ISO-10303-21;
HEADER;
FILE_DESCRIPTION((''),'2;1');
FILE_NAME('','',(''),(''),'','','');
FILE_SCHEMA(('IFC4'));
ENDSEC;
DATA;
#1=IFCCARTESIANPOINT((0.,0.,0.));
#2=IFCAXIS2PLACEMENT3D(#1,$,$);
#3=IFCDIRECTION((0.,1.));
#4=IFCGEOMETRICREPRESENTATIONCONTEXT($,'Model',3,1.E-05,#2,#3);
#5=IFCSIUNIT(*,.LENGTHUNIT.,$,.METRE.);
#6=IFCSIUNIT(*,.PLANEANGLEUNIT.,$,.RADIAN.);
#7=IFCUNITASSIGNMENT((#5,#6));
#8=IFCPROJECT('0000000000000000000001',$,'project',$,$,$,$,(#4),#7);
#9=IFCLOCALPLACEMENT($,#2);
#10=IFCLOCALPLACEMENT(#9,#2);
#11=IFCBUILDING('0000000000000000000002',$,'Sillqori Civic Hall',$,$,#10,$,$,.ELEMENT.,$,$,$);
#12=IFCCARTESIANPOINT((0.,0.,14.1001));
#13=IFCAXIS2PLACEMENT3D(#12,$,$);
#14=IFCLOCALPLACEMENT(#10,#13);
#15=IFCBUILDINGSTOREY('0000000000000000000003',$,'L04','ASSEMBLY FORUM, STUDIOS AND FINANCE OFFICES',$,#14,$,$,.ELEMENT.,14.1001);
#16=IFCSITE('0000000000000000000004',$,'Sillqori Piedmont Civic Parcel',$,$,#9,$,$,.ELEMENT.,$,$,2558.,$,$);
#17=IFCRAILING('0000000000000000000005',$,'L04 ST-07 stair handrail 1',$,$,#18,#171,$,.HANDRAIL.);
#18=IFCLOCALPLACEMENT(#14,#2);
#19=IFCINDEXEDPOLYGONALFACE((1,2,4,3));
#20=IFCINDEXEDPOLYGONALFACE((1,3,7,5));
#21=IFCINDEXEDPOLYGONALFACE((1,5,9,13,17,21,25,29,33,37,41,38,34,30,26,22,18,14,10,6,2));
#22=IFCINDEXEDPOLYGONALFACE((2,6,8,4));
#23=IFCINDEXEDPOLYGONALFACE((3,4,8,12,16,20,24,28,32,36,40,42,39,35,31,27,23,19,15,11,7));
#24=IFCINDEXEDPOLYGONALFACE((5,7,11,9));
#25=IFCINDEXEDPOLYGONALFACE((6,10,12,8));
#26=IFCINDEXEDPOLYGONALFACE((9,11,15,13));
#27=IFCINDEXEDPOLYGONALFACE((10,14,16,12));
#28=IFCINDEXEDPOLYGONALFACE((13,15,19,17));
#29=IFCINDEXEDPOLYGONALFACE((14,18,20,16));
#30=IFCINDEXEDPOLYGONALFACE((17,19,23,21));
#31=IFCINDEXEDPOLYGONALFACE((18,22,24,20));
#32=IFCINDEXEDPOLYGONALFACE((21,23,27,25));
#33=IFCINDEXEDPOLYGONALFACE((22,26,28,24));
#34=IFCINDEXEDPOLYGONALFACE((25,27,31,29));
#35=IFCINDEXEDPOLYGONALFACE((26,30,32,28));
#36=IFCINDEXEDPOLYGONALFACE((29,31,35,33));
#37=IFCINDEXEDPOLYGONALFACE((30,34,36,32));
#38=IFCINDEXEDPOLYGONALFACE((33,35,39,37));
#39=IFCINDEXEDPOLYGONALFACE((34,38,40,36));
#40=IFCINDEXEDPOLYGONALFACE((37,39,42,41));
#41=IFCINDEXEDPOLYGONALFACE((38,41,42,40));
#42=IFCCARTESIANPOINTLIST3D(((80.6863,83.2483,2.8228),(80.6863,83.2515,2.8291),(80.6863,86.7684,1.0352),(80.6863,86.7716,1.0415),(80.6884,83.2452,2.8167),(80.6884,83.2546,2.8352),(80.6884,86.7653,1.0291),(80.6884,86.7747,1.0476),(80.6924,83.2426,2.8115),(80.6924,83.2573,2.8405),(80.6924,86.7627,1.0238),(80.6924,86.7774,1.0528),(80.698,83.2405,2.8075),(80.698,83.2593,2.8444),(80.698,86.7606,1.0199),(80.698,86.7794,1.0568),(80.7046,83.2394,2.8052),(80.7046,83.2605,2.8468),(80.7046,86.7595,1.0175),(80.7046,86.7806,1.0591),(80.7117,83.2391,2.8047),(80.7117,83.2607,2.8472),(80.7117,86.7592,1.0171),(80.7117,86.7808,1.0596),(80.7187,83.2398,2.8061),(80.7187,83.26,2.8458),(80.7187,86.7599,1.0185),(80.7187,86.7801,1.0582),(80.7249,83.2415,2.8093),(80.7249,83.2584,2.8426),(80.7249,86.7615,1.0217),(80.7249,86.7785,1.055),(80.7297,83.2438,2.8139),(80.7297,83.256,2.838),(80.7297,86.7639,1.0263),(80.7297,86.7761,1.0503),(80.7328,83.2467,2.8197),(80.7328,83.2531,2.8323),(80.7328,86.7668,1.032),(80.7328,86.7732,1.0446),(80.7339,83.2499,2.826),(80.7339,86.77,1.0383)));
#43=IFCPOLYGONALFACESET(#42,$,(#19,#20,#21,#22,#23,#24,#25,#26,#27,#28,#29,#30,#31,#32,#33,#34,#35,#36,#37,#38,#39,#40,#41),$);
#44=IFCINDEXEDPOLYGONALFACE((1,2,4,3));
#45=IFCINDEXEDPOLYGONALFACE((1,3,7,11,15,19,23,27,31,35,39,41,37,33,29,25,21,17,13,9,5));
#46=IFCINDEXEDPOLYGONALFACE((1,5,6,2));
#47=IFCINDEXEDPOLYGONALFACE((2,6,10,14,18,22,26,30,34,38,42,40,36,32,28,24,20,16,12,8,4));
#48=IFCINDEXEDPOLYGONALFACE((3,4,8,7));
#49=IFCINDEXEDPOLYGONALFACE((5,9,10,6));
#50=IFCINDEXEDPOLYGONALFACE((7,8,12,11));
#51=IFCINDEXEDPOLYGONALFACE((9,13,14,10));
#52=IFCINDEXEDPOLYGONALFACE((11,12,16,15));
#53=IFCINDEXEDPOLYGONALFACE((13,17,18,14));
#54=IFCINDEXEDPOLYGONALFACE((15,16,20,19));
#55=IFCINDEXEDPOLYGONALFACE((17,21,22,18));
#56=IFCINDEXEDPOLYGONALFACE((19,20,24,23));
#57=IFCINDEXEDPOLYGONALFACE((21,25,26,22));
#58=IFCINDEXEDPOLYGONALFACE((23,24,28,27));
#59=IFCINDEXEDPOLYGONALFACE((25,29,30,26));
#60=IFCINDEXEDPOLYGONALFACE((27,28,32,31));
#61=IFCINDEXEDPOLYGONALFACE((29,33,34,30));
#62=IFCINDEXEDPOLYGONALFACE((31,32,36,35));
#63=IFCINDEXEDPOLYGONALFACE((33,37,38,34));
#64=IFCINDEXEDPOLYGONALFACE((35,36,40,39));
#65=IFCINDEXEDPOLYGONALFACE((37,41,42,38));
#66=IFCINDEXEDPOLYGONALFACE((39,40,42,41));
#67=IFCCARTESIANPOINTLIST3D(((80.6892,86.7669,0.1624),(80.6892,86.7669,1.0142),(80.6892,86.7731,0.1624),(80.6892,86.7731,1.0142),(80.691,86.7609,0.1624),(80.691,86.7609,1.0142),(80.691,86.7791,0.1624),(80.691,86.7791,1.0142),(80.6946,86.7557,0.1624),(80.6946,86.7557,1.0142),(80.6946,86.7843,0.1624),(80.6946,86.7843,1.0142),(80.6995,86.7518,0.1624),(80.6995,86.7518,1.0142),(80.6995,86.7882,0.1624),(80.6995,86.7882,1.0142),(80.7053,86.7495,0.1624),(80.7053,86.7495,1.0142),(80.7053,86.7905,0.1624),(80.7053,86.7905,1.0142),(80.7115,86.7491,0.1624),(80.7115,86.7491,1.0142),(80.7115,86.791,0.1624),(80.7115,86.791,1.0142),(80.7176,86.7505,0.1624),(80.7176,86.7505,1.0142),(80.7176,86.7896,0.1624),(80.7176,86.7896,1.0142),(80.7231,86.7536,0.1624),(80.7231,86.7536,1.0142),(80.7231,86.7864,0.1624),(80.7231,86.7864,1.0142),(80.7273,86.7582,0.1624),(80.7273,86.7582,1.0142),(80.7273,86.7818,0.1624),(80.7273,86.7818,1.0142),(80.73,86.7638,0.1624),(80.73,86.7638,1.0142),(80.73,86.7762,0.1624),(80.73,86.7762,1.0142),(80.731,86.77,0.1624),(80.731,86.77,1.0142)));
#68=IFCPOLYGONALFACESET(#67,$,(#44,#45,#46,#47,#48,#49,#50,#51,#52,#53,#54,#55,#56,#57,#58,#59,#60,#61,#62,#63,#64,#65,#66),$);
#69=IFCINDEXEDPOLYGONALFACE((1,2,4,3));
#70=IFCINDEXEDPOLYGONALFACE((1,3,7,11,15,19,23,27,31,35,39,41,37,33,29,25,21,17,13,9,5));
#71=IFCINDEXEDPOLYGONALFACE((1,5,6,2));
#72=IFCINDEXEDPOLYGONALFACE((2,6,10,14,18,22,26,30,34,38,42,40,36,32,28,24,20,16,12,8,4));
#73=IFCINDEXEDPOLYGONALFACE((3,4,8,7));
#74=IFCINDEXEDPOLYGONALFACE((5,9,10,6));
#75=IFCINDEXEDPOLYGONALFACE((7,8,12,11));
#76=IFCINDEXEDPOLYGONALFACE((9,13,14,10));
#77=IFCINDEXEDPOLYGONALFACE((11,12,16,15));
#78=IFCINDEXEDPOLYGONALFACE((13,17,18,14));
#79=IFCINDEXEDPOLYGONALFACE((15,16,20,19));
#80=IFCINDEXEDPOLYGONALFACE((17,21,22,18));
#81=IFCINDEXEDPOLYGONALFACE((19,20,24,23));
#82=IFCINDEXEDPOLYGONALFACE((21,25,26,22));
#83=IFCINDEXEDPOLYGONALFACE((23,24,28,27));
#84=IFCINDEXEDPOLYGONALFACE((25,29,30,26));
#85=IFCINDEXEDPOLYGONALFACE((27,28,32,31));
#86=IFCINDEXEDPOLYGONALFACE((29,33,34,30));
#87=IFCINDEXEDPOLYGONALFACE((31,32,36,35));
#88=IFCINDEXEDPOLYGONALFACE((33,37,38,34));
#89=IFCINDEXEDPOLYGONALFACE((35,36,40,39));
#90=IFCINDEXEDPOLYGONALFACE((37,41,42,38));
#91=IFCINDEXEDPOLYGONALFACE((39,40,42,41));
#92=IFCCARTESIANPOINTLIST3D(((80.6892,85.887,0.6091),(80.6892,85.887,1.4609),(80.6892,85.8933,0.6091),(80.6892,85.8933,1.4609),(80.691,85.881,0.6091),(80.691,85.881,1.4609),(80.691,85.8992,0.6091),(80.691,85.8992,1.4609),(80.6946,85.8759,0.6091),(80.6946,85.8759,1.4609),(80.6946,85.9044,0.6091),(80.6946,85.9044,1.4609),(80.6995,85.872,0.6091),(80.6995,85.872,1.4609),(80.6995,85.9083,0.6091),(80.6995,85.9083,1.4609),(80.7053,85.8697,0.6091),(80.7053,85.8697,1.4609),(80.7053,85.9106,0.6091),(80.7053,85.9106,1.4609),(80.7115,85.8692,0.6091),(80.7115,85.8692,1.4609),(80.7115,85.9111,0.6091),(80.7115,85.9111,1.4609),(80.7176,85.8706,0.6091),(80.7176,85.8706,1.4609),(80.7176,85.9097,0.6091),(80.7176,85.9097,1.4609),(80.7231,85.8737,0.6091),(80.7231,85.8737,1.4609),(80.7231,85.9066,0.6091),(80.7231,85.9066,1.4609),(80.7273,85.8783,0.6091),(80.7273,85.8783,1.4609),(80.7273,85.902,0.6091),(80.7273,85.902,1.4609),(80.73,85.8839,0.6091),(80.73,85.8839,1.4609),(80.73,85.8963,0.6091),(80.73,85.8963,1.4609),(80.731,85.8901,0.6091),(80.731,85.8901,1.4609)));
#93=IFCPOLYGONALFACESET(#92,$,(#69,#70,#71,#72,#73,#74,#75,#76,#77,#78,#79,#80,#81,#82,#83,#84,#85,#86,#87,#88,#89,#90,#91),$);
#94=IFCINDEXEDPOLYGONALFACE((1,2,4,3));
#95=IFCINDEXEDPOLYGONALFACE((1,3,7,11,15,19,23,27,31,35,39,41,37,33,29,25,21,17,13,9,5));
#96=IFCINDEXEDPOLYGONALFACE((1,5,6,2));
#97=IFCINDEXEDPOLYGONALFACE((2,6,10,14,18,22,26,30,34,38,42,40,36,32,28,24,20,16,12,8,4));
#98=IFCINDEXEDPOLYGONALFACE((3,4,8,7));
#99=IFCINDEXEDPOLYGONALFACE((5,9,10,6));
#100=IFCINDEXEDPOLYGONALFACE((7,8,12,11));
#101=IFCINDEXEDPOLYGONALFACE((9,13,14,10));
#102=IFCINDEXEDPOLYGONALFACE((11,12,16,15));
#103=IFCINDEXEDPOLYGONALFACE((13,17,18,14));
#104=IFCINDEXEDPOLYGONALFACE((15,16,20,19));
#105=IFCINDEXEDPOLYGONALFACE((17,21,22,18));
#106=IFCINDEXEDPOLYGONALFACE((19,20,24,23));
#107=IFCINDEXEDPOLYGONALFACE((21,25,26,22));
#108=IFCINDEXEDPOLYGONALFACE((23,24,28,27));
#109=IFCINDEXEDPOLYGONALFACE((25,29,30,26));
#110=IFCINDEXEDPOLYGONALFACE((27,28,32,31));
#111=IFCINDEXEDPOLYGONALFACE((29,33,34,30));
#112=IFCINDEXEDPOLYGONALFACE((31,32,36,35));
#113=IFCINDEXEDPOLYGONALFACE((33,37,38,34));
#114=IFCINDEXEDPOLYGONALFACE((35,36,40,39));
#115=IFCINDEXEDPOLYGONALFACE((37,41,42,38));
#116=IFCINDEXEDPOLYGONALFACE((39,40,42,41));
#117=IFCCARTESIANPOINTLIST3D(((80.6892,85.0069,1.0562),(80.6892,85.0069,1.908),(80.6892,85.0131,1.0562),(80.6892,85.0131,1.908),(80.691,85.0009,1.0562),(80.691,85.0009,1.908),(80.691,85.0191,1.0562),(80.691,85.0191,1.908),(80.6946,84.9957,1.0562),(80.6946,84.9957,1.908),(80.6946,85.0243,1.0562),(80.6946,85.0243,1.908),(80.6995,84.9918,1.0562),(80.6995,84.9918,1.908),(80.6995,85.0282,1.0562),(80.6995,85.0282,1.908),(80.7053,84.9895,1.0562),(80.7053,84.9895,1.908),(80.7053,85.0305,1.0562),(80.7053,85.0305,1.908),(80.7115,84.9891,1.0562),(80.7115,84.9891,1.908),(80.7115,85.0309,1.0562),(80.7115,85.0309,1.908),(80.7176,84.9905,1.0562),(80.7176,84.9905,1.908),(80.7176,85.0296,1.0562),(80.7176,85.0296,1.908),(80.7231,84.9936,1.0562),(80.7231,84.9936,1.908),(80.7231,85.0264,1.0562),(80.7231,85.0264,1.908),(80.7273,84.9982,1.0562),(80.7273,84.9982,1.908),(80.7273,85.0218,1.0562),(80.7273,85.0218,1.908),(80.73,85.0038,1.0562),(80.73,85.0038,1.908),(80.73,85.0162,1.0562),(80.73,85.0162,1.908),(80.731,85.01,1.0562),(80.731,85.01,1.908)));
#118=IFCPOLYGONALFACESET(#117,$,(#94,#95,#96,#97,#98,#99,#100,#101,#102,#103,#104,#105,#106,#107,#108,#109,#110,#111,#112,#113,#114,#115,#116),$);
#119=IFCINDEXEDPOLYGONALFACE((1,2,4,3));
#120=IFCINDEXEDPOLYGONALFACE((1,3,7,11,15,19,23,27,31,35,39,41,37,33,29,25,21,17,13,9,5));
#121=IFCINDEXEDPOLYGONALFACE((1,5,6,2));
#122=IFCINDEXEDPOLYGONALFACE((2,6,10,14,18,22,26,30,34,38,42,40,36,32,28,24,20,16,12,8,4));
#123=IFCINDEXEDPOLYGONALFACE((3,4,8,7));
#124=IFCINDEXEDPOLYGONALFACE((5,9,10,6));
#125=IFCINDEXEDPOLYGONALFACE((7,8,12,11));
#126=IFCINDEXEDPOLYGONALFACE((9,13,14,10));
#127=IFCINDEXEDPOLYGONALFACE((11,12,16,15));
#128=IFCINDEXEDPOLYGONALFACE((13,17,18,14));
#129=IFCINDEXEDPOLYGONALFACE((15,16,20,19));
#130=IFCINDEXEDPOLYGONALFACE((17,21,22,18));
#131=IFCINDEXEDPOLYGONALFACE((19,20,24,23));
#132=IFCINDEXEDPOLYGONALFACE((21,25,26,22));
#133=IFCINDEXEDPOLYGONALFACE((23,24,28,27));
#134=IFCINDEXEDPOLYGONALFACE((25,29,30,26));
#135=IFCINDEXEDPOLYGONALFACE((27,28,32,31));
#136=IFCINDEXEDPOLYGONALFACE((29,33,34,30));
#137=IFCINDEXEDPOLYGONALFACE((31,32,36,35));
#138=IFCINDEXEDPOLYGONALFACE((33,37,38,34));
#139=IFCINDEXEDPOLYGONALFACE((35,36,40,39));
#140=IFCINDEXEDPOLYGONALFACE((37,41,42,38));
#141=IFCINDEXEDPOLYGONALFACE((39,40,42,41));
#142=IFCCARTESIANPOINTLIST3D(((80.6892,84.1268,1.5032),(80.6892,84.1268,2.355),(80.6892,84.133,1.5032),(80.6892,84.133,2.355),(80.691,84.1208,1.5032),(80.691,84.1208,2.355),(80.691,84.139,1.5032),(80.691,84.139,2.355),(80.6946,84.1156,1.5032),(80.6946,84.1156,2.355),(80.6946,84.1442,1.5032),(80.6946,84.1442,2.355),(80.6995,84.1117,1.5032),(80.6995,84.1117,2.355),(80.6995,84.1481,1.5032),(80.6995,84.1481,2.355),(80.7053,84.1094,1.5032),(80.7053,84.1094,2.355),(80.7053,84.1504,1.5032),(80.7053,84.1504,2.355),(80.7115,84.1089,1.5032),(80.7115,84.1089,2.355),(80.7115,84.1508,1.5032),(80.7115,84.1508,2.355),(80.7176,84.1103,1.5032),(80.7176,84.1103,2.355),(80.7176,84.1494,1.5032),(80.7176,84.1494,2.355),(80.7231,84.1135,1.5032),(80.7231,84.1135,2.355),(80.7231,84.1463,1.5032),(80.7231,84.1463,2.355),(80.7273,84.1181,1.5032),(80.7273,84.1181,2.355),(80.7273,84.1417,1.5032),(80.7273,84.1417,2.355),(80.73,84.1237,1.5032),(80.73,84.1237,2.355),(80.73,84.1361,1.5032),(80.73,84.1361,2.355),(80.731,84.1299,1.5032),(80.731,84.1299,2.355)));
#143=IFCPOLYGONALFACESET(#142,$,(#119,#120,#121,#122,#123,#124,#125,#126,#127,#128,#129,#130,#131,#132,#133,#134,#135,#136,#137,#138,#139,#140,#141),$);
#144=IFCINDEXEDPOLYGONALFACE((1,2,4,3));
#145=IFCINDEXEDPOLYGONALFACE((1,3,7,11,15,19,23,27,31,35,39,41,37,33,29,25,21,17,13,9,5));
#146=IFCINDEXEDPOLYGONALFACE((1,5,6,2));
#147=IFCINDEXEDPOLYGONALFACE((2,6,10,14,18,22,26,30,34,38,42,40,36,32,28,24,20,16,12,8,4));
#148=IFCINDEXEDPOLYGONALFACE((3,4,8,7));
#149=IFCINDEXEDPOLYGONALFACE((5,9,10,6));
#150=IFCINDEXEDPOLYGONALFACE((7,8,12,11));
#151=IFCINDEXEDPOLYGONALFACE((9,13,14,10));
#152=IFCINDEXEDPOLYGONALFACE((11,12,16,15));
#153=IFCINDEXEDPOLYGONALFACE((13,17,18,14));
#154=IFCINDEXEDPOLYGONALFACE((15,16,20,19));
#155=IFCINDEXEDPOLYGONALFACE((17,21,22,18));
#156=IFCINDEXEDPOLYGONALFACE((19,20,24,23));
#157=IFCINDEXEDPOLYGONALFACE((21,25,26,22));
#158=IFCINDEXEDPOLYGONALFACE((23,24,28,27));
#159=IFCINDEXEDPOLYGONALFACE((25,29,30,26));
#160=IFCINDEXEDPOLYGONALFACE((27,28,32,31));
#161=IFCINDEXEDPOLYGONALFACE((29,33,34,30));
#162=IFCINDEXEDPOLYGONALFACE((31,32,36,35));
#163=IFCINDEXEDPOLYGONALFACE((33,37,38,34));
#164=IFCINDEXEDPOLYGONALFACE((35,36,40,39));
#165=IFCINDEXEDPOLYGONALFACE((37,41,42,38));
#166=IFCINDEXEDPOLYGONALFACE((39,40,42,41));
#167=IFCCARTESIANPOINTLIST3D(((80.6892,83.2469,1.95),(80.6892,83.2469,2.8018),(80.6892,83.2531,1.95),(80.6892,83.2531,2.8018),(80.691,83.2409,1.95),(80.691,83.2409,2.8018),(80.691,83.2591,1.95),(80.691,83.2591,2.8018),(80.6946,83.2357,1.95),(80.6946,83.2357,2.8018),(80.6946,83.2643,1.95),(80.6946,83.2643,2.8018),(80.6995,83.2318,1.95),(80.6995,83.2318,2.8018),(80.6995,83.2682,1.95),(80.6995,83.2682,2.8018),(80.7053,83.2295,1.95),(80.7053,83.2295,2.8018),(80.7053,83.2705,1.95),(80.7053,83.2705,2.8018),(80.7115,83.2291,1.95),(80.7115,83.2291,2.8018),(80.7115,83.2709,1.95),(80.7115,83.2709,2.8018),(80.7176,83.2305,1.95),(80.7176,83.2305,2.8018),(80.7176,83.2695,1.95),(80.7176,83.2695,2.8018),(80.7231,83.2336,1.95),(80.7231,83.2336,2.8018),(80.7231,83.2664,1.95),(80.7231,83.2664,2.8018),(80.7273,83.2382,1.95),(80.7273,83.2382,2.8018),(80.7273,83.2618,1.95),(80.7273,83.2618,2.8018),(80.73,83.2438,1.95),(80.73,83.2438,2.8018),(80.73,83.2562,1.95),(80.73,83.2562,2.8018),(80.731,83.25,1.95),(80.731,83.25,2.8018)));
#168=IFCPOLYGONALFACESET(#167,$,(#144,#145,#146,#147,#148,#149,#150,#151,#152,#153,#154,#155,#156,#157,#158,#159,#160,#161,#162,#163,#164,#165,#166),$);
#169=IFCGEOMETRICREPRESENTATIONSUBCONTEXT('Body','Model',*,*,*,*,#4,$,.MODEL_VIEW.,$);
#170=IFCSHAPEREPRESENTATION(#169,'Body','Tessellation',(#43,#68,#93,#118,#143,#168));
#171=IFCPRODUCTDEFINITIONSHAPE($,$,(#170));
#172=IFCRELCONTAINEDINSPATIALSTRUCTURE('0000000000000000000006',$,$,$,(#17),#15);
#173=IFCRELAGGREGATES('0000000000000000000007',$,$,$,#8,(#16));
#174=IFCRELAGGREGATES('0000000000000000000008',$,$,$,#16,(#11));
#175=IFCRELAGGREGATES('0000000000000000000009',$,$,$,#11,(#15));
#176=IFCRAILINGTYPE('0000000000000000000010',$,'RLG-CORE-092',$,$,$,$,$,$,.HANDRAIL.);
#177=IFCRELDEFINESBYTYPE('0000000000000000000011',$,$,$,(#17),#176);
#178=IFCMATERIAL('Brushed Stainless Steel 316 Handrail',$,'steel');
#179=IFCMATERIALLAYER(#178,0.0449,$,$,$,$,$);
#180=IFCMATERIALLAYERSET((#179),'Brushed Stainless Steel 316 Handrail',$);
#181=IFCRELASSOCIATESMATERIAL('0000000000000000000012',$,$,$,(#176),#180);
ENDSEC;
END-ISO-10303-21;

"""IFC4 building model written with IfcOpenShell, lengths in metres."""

from ifc_helpers import new_model, si_unit, direction, frame, origin, origin_2d, place, context, subcontext, project, spatial, circle, extrude, material, layer, layer_set, type_object, element, save


model = new_model("IFC4")

# Units and contexts
model_context = context("Model", 3, precision=1e-05, world=origin(), true_north=direction((0.0, 1.0)))
body_context = subcontext(model_context, "Body", "Model", "MODEL_VIEW")
ifc_project = project(units=[si_unit("LENGTHUNIT", "METRE"), si_unit("PLANEANGLEUNIT", "RADIAN")], contexts=[model_context])

# Site, building, storey
site_placement = place(None, origin())
site = spatial("IfcSite", under=ifc_project, at=site_placement, Name="Sillqori Piedmont Civic Parcel", CompositionType="ELEMENT", RefElevation=2558.0)
building_placement = place(site_placement, origin())
building = spatial("IfcBuilding", under=site, at=building_placement, Name="Sillqori Civic Hall", CompositionType="ELEMENT")
storey_placement = place(building_placement, frame((0.0, 0.0, 14.1001)))
storey = spatial("IfcBuildingStorey", under=building, at=storey_placement, Name="L04", Description="ASSEMBLY FORUM, STUDIOS AND FINANCE OFFICES", CompositionType="ELEMENT", Elevation=14.1001)

# Railing
ifc_material_1 = material(Name="Brushed Stainless Steel 316 Handrail", Category="steel")
ifc_layer_1 = layer(ifc_material_1, 0.0449)
ifc_layer_set_1 = layer_set([ifc_layer_1], Name="Brushed Stainless Steel 316 Handrail")
railing_type_1 = type_object("IfcRailingType", Name="RLG-CORE-092", PredefinedType="HANDRAIL", material=ifc_layer_set_1)
railing_1_placement = place(storey_placement, frame((80.71, 86.77, 0.1624)))
element("IfcRailing", 1, at=railing_1_placement, inside=storey, type_object=railing_type_1, Name="L04 ST-07 stair handrail 1", PredefinedType="HANDRAIL", context=body_context, shape_type="SweptSolid", body=[
    extrude(circle(Radius=0.0239, at=origin_2d()), frame((0.0, 0.0, 0.876), z_axis=(0.0, -0.891615, 0.452795), x_axis=(1.0, 0.0, 0.0)), (0.0, 0.0, 1.0), 3.948),
    extrude(circle(Radius=0.021, at=origin_2d()), origin(), (0.0, 0.0, 1.0), 0.8518),
    extrude(circle(Radius=0.021, at=origin_2d()), frame((0.0, -0.8799, 0.4468)), (0.0, 0.0, 1.0), 0.8518),
    extrude(circle(Radius=0.021, at=origin_2d()), frame((0.0, -1.76, 0.8938)), (0.0, 0.0, 1.0), 0.8518),
    extrude(circle(Radius=0.021, at=origin_2d()), frame((0.0, -2.6401, 1.3408)), (0.0, 0.0, 1.0), 0.8518),
    extrude(circle(Radius=0.021, at=origin_2d()), frame((0.0, -3.52, 1.7876)), (0.0, 0.0, 1.0), 0.8518),
])

save(model, "model.ifc")
